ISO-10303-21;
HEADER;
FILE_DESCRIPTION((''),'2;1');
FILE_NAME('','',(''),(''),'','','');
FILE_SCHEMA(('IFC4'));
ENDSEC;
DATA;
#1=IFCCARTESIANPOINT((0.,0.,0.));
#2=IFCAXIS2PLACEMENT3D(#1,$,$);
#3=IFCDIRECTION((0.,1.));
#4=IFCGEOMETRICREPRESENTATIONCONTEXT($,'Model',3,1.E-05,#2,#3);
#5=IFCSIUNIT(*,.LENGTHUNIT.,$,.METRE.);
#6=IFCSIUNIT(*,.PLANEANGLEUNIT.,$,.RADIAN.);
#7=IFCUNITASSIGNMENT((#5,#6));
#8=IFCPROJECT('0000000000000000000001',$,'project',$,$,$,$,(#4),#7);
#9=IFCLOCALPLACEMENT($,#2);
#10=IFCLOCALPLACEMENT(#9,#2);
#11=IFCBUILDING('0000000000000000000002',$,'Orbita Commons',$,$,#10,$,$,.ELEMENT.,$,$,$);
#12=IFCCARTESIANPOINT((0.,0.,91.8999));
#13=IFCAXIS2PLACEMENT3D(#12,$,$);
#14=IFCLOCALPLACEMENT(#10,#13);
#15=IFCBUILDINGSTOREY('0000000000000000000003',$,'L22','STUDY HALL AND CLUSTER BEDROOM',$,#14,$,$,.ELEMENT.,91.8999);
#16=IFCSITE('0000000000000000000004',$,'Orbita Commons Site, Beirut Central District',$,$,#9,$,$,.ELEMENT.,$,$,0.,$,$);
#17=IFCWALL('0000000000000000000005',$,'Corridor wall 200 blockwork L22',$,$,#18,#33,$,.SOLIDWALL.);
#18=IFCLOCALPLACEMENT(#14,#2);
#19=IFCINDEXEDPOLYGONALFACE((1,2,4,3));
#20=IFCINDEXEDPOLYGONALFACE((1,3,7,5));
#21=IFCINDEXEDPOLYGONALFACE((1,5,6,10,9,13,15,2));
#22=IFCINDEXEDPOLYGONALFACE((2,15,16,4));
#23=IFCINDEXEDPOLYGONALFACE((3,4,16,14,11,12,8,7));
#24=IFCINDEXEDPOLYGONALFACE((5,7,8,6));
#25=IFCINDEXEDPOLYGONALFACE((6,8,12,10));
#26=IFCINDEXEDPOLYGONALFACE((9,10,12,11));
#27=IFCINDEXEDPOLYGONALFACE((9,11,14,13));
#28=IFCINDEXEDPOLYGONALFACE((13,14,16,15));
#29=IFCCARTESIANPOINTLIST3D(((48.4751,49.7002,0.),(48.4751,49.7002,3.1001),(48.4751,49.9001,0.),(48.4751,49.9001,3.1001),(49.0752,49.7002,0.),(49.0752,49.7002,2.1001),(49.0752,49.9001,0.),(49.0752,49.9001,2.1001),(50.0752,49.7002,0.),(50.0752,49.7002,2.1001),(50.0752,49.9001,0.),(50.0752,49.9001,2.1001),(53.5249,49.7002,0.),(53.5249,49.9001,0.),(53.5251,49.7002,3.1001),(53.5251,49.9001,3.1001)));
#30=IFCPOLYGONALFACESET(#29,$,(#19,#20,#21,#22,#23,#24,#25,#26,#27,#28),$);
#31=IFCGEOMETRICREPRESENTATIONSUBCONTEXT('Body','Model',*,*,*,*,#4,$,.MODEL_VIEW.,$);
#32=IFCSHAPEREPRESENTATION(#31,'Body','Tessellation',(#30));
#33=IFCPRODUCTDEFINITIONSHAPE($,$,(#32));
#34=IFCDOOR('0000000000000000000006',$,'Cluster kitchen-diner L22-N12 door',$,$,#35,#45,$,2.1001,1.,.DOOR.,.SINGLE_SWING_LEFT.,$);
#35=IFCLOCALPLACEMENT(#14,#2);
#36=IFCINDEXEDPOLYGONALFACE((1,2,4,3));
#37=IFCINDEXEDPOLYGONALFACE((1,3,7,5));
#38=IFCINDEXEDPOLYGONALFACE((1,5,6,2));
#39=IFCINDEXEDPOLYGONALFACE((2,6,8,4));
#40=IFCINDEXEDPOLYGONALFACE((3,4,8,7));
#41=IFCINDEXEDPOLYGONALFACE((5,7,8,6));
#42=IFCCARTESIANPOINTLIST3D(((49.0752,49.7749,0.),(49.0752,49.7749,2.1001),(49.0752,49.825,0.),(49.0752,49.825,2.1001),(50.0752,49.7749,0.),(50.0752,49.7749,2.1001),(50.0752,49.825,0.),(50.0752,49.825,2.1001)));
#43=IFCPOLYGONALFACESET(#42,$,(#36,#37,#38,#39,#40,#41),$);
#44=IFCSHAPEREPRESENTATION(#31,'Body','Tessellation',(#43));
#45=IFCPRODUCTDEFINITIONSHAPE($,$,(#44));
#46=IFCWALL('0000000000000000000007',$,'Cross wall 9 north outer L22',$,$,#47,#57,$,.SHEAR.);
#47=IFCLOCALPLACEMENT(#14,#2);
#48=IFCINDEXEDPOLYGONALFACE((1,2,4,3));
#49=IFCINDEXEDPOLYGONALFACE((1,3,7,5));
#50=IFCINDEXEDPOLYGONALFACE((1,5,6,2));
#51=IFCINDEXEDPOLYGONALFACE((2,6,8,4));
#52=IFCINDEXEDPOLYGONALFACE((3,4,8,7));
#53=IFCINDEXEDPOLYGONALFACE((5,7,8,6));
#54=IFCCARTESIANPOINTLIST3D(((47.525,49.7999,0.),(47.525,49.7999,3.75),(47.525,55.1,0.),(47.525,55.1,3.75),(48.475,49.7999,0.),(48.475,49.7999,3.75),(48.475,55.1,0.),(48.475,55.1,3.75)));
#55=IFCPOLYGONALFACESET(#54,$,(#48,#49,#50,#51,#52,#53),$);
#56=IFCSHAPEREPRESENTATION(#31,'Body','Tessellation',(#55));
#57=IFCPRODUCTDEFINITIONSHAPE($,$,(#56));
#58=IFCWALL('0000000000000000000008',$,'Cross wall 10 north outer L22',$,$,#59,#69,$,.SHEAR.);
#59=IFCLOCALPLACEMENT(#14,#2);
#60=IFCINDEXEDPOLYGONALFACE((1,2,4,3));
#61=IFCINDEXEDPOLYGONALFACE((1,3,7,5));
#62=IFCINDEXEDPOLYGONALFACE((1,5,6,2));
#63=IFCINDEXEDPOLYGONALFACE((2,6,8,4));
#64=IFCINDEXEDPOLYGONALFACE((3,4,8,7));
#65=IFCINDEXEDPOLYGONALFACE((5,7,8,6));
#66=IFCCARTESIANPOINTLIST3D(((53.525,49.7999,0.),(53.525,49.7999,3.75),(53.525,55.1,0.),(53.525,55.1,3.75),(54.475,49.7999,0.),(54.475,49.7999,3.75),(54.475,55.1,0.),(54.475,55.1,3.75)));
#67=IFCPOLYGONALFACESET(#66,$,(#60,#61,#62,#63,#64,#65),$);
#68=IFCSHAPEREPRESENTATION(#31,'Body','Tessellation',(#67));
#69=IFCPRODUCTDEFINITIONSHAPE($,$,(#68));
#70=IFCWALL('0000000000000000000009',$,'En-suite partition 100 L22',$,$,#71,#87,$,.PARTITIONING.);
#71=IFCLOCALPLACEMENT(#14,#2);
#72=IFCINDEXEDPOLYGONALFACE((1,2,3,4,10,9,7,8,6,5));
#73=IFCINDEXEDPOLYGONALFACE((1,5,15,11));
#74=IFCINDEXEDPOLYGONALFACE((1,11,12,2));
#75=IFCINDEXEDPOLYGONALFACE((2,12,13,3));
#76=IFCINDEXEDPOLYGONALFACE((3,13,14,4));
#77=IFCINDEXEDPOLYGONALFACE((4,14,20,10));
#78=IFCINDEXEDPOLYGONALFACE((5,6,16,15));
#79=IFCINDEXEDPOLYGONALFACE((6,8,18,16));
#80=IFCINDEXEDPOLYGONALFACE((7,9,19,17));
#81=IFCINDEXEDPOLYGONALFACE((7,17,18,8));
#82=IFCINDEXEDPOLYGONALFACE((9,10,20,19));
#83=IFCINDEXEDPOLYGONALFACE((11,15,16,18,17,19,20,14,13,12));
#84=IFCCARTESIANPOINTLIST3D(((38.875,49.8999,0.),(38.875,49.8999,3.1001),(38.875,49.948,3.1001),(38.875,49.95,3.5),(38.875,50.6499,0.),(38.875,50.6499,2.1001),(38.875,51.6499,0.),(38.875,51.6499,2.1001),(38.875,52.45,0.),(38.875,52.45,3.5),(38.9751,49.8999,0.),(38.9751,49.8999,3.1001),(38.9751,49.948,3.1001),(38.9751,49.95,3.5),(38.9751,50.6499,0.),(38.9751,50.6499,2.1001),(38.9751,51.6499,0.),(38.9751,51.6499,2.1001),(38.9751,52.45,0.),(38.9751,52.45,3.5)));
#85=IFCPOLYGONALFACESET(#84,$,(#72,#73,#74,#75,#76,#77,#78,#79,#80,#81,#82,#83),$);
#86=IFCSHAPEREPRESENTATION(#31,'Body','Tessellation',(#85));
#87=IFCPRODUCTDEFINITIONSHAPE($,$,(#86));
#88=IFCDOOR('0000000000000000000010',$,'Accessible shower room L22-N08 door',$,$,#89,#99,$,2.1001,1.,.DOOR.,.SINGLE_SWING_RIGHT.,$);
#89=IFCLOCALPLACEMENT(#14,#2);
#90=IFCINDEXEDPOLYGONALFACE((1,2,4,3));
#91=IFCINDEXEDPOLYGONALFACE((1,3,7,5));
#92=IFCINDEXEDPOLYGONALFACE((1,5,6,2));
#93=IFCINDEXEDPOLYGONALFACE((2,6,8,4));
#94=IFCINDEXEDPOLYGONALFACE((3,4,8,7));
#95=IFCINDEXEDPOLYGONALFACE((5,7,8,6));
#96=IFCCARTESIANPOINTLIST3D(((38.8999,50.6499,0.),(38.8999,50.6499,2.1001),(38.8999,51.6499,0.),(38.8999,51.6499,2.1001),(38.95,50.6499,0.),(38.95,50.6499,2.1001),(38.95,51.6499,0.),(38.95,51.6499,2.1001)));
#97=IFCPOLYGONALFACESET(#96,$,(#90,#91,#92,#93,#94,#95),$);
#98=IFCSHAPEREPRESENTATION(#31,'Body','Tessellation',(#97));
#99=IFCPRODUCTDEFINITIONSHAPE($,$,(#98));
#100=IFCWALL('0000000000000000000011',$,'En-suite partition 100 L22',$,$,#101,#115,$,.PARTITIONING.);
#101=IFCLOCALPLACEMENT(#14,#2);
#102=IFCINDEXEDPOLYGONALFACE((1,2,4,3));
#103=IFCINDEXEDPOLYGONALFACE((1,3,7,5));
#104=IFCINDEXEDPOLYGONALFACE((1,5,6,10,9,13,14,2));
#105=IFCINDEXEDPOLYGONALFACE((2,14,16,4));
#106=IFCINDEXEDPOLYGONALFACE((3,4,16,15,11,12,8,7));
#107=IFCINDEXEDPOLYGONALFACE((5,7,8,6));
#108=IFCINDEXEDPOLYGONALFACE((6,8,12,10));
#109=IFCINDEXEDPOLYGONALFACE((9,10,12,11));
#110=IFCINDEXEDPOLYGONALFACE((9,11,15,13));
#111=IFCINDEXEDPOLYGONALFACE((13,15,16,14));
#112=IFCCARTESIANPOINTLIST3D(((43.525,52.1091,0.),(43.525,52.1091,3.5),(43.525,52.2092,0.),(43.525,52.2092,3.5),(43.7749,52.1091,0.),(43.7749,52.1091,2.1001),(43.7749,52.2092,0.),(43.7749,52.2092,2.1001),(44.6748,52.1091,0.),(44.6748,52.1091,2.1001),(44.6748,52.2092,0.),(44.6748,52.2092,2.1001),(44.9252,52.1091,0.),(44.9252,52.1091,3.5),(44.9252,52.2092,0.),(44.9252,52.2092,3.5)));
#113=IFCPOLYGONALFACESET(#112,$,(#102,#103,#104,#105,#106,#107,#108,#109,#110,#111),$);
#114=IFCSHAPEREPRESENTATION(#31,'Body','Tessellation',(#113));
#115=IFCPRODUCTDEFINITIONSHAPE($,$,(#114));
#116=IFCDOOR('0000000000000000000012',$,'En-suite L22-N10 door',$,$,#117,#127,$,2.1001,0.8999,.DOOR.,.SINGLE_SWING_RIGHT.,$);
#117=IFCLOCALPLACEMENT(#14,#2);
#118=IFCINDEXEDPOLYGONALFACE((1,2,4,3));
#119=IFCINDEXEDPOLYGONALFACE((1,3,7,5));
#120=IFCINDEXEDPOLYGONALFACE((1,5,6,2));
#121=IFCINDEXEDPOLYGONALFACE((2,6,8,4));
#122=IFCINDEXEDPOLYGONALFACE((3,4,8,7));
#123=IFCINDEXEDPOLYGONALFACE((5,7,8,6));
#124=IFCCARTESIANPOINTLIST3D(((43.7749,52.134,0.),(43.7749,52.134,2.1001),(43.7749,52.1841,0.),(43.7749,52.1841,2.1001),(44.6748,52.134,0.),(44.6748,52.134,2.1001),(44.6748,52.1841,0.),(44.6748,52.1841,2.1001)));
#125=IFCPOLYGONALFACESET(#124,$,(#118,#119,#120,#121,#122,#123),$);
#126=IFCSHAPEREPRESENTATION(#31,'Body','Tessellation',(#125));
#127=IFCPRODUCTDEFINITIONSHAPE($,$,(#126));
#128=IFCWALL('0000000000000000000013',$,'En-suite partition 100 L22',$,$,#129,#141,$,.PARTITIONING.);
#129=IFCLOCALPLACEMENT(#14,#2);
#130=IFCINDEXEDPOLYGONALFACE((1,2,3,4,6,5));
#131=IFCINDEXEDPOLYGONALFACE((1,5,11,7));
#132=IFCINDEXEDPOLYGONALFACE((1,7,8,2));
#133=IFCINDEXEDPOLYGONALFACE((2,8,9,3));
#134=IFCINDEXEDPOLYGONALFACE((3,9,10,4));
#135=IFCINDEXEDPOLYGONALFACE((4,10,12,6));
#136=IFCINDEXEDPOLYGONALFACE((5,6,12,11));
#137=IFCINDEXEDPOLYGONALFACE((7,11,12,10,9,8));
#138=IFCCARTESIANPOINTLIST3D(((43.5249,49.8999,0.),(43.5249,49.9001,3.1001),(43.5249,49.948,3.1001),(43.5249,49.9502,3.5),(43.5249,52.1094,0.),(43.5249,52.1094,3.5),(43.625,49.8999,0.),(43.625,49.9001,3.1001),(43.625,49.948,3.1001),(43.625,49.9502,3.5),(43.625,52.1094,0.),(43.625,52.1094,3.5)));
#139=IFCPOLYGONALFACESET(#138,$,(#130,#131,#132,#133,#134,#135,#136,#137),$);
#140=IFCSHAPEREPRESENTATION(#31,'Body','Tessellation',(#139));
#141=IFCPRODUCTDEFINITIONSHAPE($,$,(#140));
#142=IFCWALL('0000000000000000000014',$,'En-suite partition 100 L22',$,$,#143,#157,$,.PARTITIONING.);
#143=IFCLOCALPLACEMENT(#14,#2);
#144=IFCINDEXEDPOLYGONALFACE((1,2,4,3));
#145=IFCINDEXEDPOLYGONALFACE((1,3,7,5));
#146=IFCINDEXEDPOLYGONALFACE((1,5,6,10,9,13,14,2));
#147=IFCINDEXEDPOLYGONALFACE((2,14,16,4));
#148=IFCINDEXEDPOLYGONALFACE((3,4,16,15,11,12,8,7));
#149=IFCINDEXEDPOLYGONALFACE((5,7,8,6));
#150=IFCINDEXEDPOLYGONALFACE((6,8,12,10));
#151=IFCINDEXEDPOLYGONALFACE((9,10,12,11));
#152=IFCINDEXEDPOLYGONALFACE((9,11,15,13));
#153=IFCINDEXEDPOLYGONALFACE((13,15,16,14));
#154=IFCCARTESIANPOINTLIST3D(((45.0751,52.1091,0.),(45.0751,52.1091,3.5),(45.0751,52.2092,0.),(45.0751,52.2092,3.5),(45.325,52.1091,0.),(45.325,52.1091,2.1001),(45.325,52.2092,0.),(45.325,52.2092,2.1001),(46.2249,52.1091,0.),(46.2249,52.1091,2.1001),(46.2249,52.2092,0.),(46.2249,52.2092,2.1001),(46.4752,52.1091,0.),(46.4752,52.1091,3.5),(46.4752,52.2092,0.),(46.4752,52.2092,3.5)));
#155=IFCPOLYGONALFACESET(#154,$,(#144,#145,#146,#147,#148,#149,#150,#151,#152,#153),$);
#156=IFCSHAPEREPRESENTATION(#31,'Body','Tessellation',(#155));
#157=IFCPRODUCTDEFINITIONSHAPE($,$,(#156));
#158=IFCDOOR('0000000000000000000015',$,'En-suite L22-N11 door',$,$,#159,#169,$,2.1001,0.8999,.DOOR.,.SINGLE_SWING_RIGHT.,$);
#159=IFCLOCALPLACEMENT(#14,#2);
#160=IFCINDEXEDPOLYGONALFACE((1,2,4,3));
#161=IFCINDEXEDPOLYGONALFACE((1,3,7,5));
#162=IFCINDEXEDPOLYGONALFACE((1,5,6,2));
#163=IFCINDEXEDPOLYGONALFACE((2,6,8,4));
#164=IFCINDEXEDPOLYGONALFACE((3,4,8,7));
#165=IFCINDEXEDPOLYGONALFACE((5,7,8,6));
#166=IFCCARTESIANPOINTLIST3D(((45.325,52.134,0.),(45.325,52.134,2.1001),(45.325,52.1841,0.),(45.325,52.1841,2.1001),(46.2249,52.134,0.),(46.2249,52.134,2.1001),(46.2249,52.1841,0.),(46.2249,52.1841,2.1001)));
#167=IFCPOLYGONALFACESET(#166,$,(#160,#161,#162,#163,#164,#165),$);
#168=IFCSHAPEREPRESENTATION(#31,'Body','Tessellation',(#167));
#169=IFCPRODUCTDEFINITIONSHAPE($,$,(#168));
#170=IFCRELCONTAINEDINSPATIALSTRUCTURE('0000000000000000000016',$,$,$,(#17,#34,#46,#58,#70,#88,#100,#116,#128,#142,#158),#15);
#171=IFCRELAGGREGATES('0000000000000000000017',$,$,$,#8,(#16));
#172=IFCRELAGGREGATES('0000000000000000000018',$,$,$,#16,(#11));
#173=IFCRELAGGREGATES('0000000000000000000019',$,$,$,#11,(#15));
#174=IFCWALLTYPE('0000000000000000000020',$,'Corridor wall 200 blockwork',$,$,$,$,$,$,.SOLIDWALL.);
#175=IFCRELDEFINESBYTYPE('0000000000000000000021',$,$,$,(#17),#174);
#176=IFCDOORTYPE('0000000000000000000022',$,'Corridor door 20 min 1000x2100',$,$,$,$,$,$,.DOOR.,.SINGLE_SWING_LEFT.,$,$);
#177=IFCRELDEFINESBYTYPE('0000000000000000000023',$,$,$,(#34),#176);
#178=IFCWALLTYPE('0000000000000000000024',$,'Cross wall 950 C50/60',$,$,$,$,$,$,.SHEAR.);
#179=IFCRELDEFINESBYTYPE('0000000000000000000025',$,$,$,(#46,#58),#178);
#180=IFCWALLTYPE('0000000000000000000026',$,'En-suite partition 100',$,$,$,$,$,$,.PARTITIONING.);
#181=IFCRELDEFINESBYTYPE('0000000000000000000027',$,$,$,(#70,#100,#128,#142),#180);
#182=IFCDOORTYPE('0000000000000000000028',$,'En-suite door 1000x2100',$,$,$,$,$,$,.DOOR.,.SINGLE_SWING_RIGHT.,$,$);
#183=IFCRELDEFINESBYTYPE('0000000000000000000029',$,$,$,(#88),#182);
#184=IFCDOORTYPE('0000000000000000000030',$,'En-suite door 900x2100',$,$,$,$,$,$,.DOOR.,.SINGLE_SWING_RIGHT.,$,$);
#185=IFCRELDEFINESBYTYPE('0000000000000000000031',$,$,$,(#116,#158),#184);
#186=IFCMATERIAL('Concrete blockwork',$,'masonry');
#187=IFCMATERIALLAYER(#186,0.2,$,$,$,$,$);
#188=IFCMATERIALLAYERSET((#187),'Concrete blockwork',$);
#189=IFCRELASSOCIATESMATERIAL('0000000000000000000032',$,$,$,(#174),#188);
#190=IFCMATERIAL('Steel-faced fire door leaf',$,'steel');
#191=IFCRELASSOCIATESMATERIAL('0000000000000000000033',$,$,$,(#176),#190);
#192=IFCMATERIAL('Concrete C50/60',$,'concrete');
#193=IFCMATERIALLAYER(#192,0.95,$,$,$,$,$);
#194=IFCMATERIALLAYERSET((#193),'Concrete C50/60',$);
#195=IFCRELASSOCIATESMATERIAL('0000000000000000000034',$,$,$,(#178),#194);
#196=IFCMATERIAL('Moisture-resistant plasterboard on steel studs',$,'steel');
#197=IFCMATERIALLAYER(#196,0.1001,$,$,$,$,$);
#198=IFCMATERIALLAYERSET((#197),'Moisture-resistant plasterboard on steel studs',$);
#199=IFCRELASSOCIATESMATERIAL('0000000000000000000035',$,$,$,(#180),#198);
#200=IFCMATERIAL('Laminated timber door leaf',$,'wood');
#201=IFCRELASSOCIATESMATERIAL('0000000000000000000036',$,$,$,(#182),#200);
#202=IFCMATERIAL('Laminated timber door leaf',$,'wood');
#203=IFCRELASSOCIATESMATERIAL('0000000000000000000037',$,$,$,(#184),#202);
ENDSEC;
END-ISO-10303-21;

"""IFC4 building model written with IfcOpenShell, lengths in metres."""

from ifc_helpers import new_model, si_unit, direction, frame, frame_2d, origin, place, context, subcontext, project, spatial, polyline, rectangle, outline, extrude, material, layer, layer_set, type_object, element, fill, save


model = new_model("IFC4")

# Units and contexts
model_context = context("Model", 3, precision=1e-05, world=origin(), true_north=direction((0.0, 1.0)))
body_context = subcontext(model_context, "Body", "Model", "MODEL_VIEW")
ifc_project = project(units=[si_unit("LENGTHUNIT", "METRE"), si_unit("PLANEANGLEUNIT", "RADIAN")], contexts=[model_context])

# Site, building, storey
site_placement = place(None, origin())
site = spatial("IfcSite", under=ifc_project, at=site_placement, Name="Orbita Commons Site, Beirut Central District", CompositionType="ELEMENT", RefElevation=0.0)
building_placement = place(site_placement, origin())
building = spatial("IfcBuilding", under=site, at=building_placement, Name="Orbita Commons", CompositionType="ELEMENT")
storey_placement = place(building_placement, frame((0.0, 0.0, 91.8999)))
storey = spatial("IfcBuildingStorey", under=building, at=storey_placement, Name="L22", Description="STUDY HALL AND CLUSTER BEDROOM", CompositionType="ELEMENT", Elevation=91.8999)

# Shared definitions
ifc_material_1 = material(Name="Concrete blockwork", Category="masonry")
ifc_layer_1 = layer(ifc_material_1, 0.2)
ifc_layer_set_1 = layer_set([ifc_layer_1], Name="Concrete blockwork")
wall_type_1 = type_object("IfcWallType", Name="Corridor wall 200 blockwork", PredefinedType="SOLIDWALL", material=ifc_layer_set_1)

# Wall, opening, door
wall_1_placement = place(storey_placement, frame((48.4751, 49.8, 0.0), z_axis=(0.0, 0.0, 1.0), x_axis=(1.0, 0.0, 0.0)))
wall_1 = element("IfcWall", 1, at=wall_1_placement, inside=storey, type_object=wall_type_1, Name="Corridor wall 200 blockwork L22", PredefinedType="SOLIDWALL", context=body_context, shape_type="SweptSolid", body=[
    extrude(outline(polyline([(0.0, 0.0), (5.0498, 0.0), (5.05, 3.1001), (0.0, 3.1001), (0.0, 0.0)])), frame((0.0, 0.1001, 0.0), z_axis=(0.0, -1.0, 0.0), x_axis=(1.0, 0.0, 0.0)), (0.0, 0.0, 1.0), 0.2),
])
opening_1_placement = place(wall_1_placement, frame((0.6001, 0.0, 0.0)))
opening_1 = element("IfcOpeningElement", 2, at=opening_1_placement, cuts=wall_1, PredefinedType="OPENING", context=body_context, shape_type="SweptSolid", body=[
    extrude(rectangle(XDim=1.0, YDim=2.1001, at=frame_2d((0.5, 1.05))), frame((0.0, 0.1099, 0.0), z_axis=(0.0, -1.0, 0.0), x_axis=(1.0, 0.0, 0.0)), (0.0, 0.0, 1.0), 0.22),
])
ifc_material_2 = material(Name="Steel-faced fire door leaf", Category="steel")
door_type_1 = type_object("IfcDoorType", Name="Corridor door 20 min 1000x2100", OperationType="SINGLE_SWING_LEFT", PredefinedType="DOOR", material=ifc_material_2)
door_1_placement = place(opening_1_placement, origin())
door_1 = element("IfcDoor", 3, at=door_1_placement, inside=storey, type_object=door_type_1, Name="Cluster kitchen-diner L22-N12 door", OperationType="SINGLE_SWING_LEFT", OverallHeight=2.1001, OverallWidth=1.0, PredefinedType="DOOR", context=body_context, shape_type="SweptSolid", body=[
    extrude(rectangle(XDim=1.0, YDim=2.1001, at=frame_2d((0.5, 1.05))), frame((0.0, 0.0249, 0.0), z_axis=(0.0, -1.0, 0.0), x_axis=(1.0, 0.0, 0.0)), (0.0, 0.0, 1.0), 0.05),
])
fill(opening_1, door_1)

# Walls
ifc_material_3 = material(Name="Concrete C50/60", Category="concrete")
ifc_layer_2 = layer(ifc_material_3, 0.95)
ifc_layer_set_2 = layer_set([ifc_layer_2], Name="Concrete C50/60")
wall_type_2 = type_object("IfcWallType", Name="Cross wall 950 C50/60", PredefinedType="SHEAR", material=ifc_layer_set_2)
for number, where, z_axis, x_axis, name in (
    (4, (48.0, 49.8, 0.0), (0.0, 0.0, 1.0), (0.0, 1.0, 0.0), "Cross wall 9 north outer L22"),
    (5, (54.0, 49.8, 0.0), (0.0, 0.0, 1.0), (0.0, 1.0, 0.0), "Cross wall 10 north outer L22"),
):
    element("IfcWall", number, at=place(storey_placement, frame(where, z_axis=z_axis, x_axis=x_axis)), inside=storey, type_object=wall_type_2, Name=name, PredefinedType="SHEAR", context=body_context, shape_type="SweptSolid", body=[
        extrude(rectangle(XDim=5.3, YDim=0.95, at=frame_2d((2.6499, 0.0))), origin(), (0.0, 0.0, 1.0), 3.75),
    ])

# Walls, openings, doors
ifc_material_4 = material(Name="Moisture-resistant plasterboard on steel studs", Category="steel")
ifc_layer_3 = layer(ifc_material_4, 0.1001)
ifc_layer_set_3 = layer_set([ifc_layer_3], Name="Moisture-resistant plasterboard on steel studs")
wall_type_3 = type_object("IfcWallType", Name="En-suite partition 100", PredefinedType="PARTITIONING", material=ifc_layer_set_3)
wall_2_placement = place(storey_placement, frame((38.925, 52.45, 0.0), z_axis=(0.0, 0.0, 1.0), x_axis=(0.0, -1.0, 0.0)))
wall_2 = element("IfcWall", 6, at=wall_2_placement, inside=storey, type_object=wall_type_3, Name="En-suite partition 100 L22", PredefinedType="PARTITIONING", context=body_context, shape_type="SweptSolid", body=[
    extrude(outline(polyline([(0.0, 0.0), (2.55, 0.0), (2.55, 3.1001), (2.502, 3.1001), (2.5, 3.5), (0.0, 3.5), (0.0, 0.0)])), frame((0.0, 0.05, 0.0), z_axis=(0.0, -1.0, 0.0), x_axis=(1.0, 0.0, 0.0)), (0.0, 0.0, 1.0), 0.1001),
])
opening_2_placement = place(wall_2_placement, frame((0.8, 0.0, 0.0)))
opening_2 = element("IfcOpeningElement", 7, at=opening_2_placement, cuts=wall_2, PredefinedType="OPENING", context=body_context, shape_type="SweptSolid", body=[
    extrude(rectangle(XDim=1.0, YDim=2.1001, at=frame_2d((0.5, 1.05))), frame((0.0, 0.0601, 0.0), z_axis=(0.0, -1.0, 0.0), x_axis=(1.0, 0.0, 0.0)), (0.0, 0.0, 1.0), 0.1201),
])
ifc_material_5 = material(Name="Laminated timber door leaf", Category="wood")
door_type_2 = type_object("IfcDoorType", Name="En-suite door 1000x2100", OperationType="SINGLE_SWING_RIGHT", PredefinedType="DOOR", material=ifc_material_5)
door_2_placement = place(opening_2_placement, origin())
door_2 = element("IfcDoor", 8, at=door_2_placement, inside=storey, type_object=door_type_2, Name="Accessible shower room L22-N08 door", OperationType="SINGLE_SWING_RIGHT", OverallHeight=2.1001, OverallWidth=1.0, PredefinedType="DOOR", context=body_context, shape_type="SweptSolid", body=[
    extrude(rectangle(XDim=1.0, YDim=2.1001, at=frame_2d((0.5, 1.05))), frame((0.0, 0.0249, 0.0), z_axis=(0.0, -1.0, 0.0), x_axis=(1.0, 0.0, 0.0)), (0.0, 0.0, 1.0), 0.05),
])
fill(opening_2, door_2)
wall_3_placement = place(storey_placement, frame((43.5249, 52.1592, 0.0), z_axis=(0.0, 0.0, 1.0), x_axis=(1.0, 0.0, 0.0)))
wall_3 = element("IfcWall", 9, at=wall_3_placement, inside=storey, type_object=wall_type_3, Name="En-suite partition 100 L22", PredefinedType="PARTITIONING", context=body_context, shape_type="SweptSolid", body=[
    extrude(rectangle(XDim=1.4001, YDim=0.1001, at=frame_2d((0.7002, 0.0))), origin(), (0.0, 0.0, 1.0), 3.5),
])
opening_3_placement = place(wall_3_placement, frame((0.25, 0.0, 0.0)))
opening_3 = element("IfcOpeningElement", 10, at=opening_3_placement, cuts=wall_3, PredefinedType="OPENING", context=body_context, shape_type="SweptSolid", body=[
    extrude(rectangle(XDim=0.8999, YDim=2.1001, at=frame_2d((0.45, 1.05))), frame((0.0, 0.0601, 0.0), z_axis=(0.0, -1.0, 0.0), x_axis=(1.0, 0.0, 0.0)), (0.0, 0.0, 1.0), 0.1201),
])
ifc_material_6 = material(Name="Laminated timber door leaf", Category="wood")
door_type_3 = type_object("IfcDoorType", Name="En-suite door 900x2100", OperationType="SINGLE_SWING_RIGHT", PredefinedType="DOOR", material=ifc_material_6)
door_3_placement = place(opening_3_placement, origin())
door_3 = element("IfcDoor", 11, at=door_3_placement, inside=storey, type_object=door_type_3, Name="En-suite L22-N10 door", OperationType="SINGLE_SWING_RIGHT", OverallHeight=2.1001, OverallWidth=0.8999, PredefinedType="DOOR", context=body_context, shape_type="SweptSolid", body=[
    extrude(rectangle(XDim=0.8999, YDim=2.1001, at=frame_2d((0.45, 1.05))), frame((0.0, 0.0249, 0.0), z_axis=(0.0, -1.0, 0.0), x_axis=(1.0, 0.0, 0.0)), (0.0, 0.0, 1.0), 0.05),
])
fill(opening_3, door_3)

# Wall
wall_4_placement = place(storey_placement, frame((43.575, 52.1094, 0.0), z_axis=(0.0, 0.0, 1.0), x_axis=(0.0, -1.0, 0.0)))
element("IfcWall", 12, at=wall_4_placement, inside=storey, type_object=wall_type_3, Name="En-suite partition 100 L22", PredefinedType="PARTITIONING", context=body_context, shape_type="SweptSolid", body=[
    extrude(outline(polyline([(0.0, 0.0), (2.2095, 0.0), (2.2092, 3.1001), (2.1614, 3.1001), (2.1592, 3.5), (0.0, 3.5), (0.0, 0.0)])), frame((0.0, 0.05, 0.0), z_axis=(0.0, -1.0, 0.0), x_axis=(1.0, 0.0, 0.0)), (0.0, 0.0, 1.0), 0.1001),
])

# Wall, opening, door
wall_5_placement = place(storey_placement, frame((45.075, 52.1592, 0.0), z_axis=(0.0, 0.0, 1.0), x_axis=(1.0, 0.0, 0.0)))
wall_5 = element("IfcWall", 13, at=wall_5_placement, inside=storey, type_object=wall_type_3, Name="En-suite partition 100 L22", PredefinedType="PARTITIONING", context=body_context, shape_type="SweptSolid", body=[
    extrude(rectangle(XDim=1.4001, YDim=0.1001, at=frame_2d((0.7002, 0.0))), origin(), (0.0, 0.0, 1.0), 3.5),
])
opening_4_placement = place(wall_5_placement, frame((0.25, 0.0, 0.0)))
opening_4 = element("IfcOpeningElement", 14, at=opening_4_placement, cuts=wall_5, PredefinedType="OPENING", context=body_context, shape_type="SweptSolid", body=[
    extrude(rectangle(XDim=0.8999, YDim=2.1001, at=frame_2d((0.45, 1.05))), frame((0.0, 0.0601, 0.0), z_axis=(0.0, -1.0, 0.0), x_axis=(1.0, 0.0, 0.0)), (0.0, 0.0, 1.0), 0.1201),
])
door_4_placement = place(opening_4_placement, origin())
door_4 = element("IfcDoor", 15, at=door_4_placement, inside=storey, type_object=door_type_3, Name="En-suite L22-N11 door", OperationType="SINGLE_SWING_RIGHT", OverallHeight=2.1001, OverallWidth=0.8999, PredefinedType="DOOR", context=body_context, shape_type="SweptSolid", body=[
    extrude(rectangle(XDim=0.8999, YDim=2.1001, at=frame_2d((0.45, 1.05))), frame((0.0, 0.0249, 0.0), z_axis=(0.0, -1.0, 0.0), x_axis=(1.0, 0.0, 0.0)), (0.0, 0.0, 1.0), 0.05),
])
fill(opening_4, door_4)

save(model, "model.ifc")
